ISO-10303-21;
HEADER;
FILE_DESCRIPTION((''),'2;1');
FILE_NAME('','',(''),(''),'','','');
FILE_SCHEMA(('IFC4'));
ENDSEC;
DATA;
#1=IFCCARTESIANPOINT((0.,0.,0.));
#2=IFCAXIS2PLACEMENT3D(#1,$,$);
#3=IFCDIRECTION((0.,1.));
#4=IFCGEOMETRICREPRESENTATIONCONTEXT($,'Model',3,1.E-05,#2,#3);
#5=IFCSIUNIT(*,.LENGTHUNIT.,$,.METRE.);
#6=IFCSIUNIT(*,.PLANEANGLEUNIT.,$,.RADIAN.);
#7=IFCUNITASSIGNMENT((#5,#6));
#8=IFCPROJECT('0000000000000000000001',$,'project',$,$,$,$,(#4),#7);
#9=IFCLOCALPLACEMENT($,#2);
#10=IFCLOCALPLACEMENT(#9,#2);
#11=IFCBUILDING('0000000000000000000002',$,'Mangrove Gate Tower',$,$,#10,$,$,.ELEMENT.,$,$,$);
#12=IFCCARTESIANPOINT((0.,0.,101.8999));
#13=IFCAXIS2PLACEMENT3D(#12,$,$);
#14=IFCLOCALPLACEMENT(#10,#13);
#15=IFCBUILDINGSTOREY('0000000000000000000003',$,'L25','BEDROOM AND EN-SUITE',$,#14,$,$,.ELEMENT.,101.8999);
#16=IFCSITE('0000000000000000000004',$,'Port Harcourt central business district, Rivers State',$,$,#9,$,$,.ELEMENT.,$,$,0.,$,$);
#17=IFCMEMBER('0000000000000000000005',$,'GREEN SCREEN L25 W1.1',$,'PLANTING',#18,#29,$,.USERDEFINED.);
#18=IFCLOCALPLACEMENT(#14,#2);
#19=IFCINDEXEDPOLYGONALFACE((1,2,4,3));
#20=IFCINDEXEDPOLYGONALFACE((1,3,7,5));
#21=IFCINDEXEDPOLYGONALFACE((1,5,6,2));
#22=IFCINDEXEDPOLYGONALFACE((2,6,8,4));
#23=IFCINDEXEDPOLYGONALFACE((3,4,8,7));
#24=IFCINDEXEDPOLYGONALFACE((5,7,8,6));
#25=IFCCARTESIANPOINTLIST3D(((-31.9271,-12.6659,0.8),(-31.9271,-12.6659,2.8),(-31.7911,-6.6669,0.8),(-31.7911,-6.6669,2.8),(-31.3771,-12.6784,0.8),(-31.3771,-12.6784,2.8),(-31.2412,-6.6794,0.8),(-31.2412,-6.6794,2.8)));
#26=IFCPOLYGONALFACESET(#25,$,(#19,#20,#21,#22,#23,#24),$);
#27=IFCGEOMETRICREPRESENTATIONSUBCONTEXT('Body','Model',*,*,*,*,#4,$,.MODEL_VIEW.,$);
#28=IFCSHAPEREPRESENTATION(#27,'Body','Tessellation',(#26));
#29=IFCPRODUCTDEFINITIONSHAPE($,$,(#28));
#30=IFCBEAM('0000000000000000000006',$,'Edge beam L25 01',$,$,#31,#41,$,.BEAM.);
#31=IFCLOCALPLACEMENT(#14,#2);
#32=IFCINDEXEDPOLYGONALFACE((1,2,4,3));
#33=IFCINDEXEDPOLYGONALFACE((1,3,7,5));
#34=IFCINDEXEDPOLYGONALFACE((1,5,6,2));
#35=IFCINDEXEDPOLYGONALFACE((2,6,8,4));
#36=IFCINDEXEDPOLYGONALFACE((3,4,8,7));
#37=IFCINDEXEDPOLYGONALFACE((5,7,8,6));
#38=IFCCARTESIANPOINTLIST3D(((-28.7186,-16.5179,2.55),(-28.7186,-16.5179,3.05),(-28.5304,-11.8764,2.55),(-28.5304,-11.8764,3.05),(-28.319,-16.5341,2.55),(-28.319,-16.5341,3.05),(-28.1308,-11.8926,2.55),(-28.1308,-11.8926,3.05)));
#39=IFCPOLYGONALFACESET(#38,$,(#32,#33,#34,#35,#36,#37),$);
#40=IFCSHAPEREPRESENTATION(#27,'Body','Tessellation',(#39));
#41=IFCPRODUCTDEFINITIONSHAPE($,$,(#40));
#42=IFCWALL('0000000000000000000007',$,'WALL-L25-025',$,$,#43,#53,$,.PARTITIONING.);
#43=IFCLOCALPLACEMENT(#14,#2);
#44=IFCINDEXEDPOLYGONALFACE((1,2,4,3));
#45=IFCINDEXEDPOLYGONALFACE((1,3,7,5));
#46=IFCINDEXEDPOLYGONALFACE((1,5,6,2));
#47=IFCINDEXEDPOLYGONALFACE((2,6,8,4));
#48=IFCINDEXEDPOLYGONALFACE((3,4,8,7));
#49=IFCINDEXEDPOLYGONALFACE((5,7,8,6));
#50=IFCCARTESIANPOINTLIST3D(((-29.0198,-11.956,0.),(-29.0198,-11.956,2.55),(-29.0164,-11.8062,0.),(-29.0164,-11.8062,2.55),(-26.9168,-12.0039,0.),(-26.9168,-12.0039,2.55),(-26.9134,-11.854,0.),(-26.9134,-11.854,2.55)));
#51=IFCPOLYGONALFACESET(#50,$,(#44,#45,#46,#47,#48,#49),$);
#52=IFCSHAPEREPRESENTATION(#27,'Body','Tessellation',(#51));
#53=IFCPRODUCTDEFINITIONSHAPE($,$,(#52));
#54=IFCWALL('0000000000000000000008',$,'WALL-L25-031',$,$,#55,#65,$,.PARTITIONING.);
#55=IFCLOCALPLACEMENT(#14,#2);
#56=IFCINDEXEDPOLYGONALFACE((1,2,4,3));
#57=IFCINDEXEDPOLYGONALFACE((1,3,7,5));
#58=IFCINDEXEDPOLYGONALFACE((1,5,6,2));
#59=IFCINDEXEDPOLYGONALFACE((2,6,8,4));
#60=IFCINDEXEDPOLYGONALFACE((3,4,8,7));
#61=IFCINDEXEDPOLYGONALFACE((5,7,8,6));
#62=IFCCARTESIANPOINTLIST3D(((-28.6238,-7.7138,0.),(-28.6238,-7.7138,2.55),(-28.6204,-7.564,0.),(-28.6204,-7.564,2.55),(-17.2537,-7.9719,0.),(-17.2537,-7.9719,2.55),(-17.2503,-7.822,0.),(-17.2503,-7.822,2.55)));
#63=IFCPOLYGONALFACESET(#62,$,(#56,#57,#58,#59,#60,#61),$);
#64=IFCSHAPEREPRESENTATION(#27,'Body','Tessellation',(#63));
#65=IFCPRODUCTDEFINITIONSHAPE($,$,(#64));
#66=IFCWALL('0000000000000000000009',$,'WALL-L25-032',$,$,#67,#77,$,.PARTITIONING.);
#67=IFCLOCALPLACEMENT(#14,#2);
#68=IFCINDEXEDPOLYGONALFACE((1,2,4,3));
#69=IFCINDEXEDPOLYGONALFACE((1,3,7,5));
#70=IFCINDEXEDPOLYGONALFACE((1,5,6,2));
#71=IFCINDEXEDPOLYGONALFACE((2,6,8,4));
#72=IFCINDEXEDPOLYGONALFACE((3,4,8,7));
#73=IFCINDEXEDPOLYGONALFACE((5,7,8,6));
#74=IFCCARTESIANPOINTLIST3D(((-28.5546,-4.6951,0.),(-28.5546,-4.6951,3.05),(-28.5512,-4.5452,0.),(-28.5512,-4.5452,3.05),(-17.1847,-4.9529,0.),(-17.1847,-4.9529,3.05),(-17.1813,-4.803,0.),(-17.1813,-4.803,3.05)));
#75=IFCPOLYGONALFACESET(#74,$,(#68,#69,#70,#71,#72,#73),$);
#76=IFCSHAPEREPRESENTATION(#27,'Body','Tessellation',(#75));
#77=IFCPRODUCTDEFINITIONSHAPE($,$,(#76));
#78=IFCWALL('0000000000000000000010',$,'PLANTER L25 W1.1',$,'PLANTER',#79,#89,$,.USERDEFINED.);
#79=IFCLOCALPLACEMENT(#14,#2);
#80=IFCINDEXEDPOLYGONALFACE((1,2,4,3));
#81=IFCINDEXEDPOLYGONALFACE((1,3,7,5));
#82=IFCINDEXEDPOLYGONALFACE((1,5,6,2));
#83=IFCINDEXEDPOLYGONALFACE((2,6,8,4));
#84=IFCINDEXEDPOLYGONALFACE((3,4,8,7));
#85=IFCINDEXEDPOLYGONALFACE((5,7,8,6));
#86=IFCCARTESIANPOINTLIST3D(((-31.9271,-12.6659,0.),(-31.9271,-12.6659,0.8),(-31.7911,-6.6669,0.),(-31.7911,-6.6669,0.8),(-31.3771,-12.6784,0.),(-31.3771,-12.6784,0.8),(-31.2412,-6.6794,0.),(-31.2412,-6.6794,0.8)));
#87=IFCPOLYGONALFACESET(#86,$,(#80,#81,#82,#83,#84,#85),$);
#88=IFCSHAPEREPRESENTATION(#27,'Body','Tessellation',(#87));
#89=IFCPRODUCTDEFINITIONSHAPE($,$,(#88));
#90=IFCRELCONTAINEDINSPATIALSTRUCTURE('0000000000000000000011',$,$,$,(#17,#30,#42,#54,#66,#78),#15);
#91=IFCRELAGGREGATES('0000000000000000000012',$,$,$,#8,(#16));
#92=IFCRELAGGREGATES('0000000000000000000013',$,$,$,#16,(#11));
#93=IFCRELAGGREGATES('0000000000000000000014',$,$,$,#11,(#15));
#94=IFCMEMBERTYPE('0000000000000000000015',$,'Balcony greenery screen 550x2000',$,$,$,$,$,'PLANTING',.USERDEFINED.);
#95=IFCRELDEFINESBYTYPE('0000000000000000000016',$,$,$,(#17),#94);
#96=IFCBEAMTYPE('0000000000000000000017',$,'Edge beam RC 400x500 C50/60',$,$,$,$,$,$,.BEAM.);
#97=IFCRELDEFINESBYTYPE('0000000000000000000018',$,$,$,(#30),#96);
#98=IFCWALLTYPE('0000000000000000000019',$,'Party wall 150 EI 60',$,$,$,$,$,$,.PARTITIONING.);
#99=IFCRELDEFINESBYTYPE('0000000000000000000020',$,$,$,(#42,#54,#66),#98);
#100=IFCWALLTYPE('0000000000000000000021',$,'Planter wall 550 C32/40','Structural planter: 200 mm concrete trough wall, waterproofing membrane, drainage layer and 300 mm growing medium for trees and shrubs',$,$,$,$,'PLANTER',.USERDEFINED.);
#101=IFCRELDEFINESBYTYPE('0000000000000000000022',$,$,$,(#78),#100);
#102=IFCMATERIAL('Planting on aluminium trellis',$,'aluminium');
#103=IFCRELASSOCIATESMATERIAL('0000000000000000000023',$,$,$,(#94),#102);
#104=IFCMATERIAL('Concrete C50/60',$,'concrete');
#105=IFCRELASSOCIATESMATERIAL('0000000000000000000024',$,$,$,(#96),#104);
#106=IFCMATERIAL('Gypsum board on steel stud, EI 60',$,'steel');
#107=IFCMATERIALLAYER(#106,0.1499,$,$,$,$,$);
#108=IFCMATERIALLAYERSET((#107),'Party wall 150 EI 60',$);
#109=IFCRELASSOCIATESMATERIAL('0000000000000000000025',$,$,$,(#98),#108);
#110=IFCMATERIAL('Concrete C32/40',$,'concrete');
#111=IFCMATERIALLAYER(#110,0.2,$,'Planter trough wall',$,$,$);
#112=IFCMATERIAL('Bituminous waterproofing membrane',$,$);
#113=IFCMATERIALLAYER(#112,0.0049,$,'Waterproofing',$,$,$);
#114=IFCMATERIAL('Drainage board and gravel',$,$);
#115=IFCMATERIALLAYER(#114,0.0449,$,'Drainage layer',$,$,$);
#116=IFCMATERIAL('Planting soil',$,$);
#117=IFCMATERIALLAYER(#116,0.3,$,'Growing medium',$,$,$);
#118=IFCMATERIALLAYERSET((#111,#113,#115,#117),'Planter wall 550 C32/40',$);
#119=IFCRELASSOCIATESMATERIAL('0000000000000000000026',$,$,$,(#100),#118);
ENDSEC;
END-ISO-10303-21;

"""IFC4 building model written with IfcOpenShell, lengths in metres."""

from ifc_helpers import new_model, si_unit, direction, frame, frame_2d, origin, origin_2d, place, context, subcontext, project, spatial, rectangle, extrude, material, layer, layer_set, material_profile, profile_set, type_object, element, save


model = new_model("IFC4")

# Units and contexts
model_context = context("Model", 3, precision=1e-05, world=origin(), true_north=direction((0.0, 1.0)))
body_context = subcontext(model_context, "Body", "Model", "MODEL_VIEW")
ifc_project = project(units=[si_unit("LENGTHUNIT", "METRE"), si_unit("PLANEANGLEUNIT", "RADIAN")], contexts=[model_context])

# Site, building, storey
site_placement = place(None, origin())
site = spatial("IfcSite", under=ifc_project, at=site_placement, Name="Port Harcourt central business district, Rivers State", CompositionType="ELEMENT", RefElevation=0.0)
building_placement = place(site_placement, origin())
building = spatial("IfcBuilding", under=site, at=building_placement, Name="Mangrove Gate Tower", CompositionType="ELEMENT")
storey_placement = place(building_placement, frame((0.0, 0.0, 101.8999)))
storey = spatial("IfcBuildingStorey", under=building, at=storey_placement, Name="L25", Description="BEDROOM AND EN-SUITE", CompositionType="ELEMENT", Elevation=101.8999)

# Member
ifc_material_1 = material(Name="Planting on aluminium trellis", Category="aluminium")
ifc_material_profile_1 = material_profile(ifc_material_1, rectangle(XDim=0.55, YDim=2.0, at=origin_2d()))
ifc_profile_set_1 = profile_set([ifc_material_profile_1], Name="Planting on aluminium trellis")
member_type = type_object("IfcMemberType", Name="Balcony greenery screen 550x2000", ElementType="PLANTING", PredefinedType="USERDEFINED", material=ifc_profile_set_1)
member_placement = place(storey_placement, frame((-31.6521, -12.6721, 1.8), z_axis=(0.022662, 0.999743, 0.0), x_axis=(-0.999743, 0.022662, 0.0)))
element("IfcMember", 1, at=member_placement, inside=storey, type_object=member_type, Name="GREEN SCREEN L25 W1.1", ObjectType="PLANTING", PredefinedType="USERDEFINED", context=body_context, shape_type="SweptSolid", body=[
    extrude(rectangle(XDim=0.55, YDim=2.0, at=origin_2d()), origin(), (0.0, 0.0, 1.0), 6.0005),
])

# Beam
ifc_material_2 = material(Name="Concrete C50/60", Category="concrete")
ifc_material_profile_2 = material_profile(ifc_material_2, rectangle(XDim=0.3999, YDim=0.5, at=origin_2d()))
ifc_profile_set_2 = profile_set([ifc_material_profile_2], Name="Concrete C50/60")
beam_type = type_object("IfcBeamType", Name="Edge beam RC 400x500 C50/60", PredefinedType="BEAM", material=ifc_profile_set_2)
beam_placement = place(storey_placement, frame((-28.3306, -11.8845, 2.8), z_axis=(-0.040522, -0.999179, 0.0), x_axis=(0.999179, -0.040522, 0.0)))
element("IfcBeam", 2, at=beam_placement, inside=storey, type_object=beam_type, Name="Edge beam L25 01", PredefinedType="BEAM", context=body_context, shape_type="SweptSolid", body=[
    extrude(rectangle(XDim=0.3999, YDim=0.5, at=origin_2d()), origin(), (0.0, 0.0, 1.0), 4.6453),
])

# Walls
ifc_material_3 = material(Name="Gypsum board on steel stud, EI 60", Category="steel")
ifc_layer_1 = layer(ifc_material_3, 0.1499)
ifc_layer_set_1 = layer_set([ifc_layer_1], Name="Party wall 150 EI 60")
wall_type_1 = type_object("IfcWallType", Name="Party wall 150 EI 60", PredefinedType="PARTITIONING", material=ifc_layer_set_1)
wall_1_placement = place(storey_placement, frame((-29.0181, -11.8811, 0.0), z_axis=(0.0, 0.0, 1.0), x_axis=(0.999741, -0.022748, 0.0)))
element("IfcWall", 3, at=wall_1_placement, inside=storey, type_object=wall_type_1, Name="WALL-L25-025", PredefinedType="PARTITIONING", context=body_context, shape_type="SweptSolid", body=[
    extrude(rectangle(XDim=2.1035, YDim=0.1499, at=frame_2d((1.0518, 0.0))), origin(), (0.0, 0.0, 1.0), 2.55),
])
wall_2_placement = place(storey_placement, frame((-28.6221, -7.6389, 0.0), z_axis=(0.0, 0.0, 1.0), x_axis=(0.999743, -0.02269, 0.0)))
element("IfcWall", 4, at=wall_2_placement, inside=storey, type_object=wall_type_1, Name="WALL-L25-031", PredefinedType="PARTITIONING", context=body_context, shape_type="SweptSolid", body=[
    extrude(rectangle(XDim=11.373, YDim=0.1499, at=frame_2d((5.6865, 0.0))), origin(), (0.0, 0.0, 1.0), 2.55),
])
wall_3_placement = place(storey_placement, frame((-28.553, -4.6201, 0.0), z_axis=(0.0, 0.0, 1.0), x_axis=(0.999743, -0.022669, 0.0)))
element("IfcWall", 5, at=wall_3_placement, inside=storey, type_object=wall_type_1, Name="WALL-L25-032", PredefinedType="PARTITIONING", context=body_context, shape_type="SweptSolid", body=[
    extrude(rectangle(XDim=11.3728, YDim=0.1499, at=frame_2d((5.6865, 0.0))), origin(), (0.0, 0.0, 1.0), 3.05),
])
ifc_material_4 = material(Name="Concrete C32/40", Category="concrete")
ifc_layer_2 = layer(ifc_material_4, 0.2, Name="Planter trough wall")
ifc_material_5 = material(Name="Bituminous waterproofing membrane")
ifc_layer_3 = layer(ifc_material_5, 0.0049, Name="Waterproofing")
ifc_material_6 = material(Name="Drainage board and gravel")
ifc_layer_4 = layer(ifc_material_6, 0.0449, Name="Drainage layer")
ifc_material_7 = material(Name="Planting soil")
ifc_layer_5 = layer(ifc_material_7, 0.3, Name="Growing medium")
ifc_layer_set_2 = layer_set([ifc_layer_2, ifc_layer_3, ifc_layer_4, ifc_layer_5], Name="Planter wall 550 C32/40")
wall_type_2 = type_object("IfcWallType", Name="Planter wall 550 C32/40", Description="Structural planter: 200 mm concrete trough wall, waterproofing membrane, drainage layer and 300 mm growing medium for trees and shrubs", ElementType="PLANTER", PredefinedType="USERDEFINED", material=ifc_layer_set_2)
wall_4_placement = place(storey_placement, frame((-31.6521, -12.6721, 0.0), z_axis=(0.0, 0.0, 1.0), x_axis=(0.022662, 0.999743, 0.0)))
element("IfcWall", 6, at=wall_4_placement, inside=storey, type_object=wall_type_2, Name="PLANTER L25 W1.1", ObjectType="PLANTER", PredefinedType="USERDEFINED", context=body_context, shape_type="SweptSolid", body=[
    extrude(rectangle(XDim=6.0005, YDim=0.55, at=frame_2d((3.0002, 0.0))), origin(), (0.0, 0.0, 1.0), 0.8),
])

save(model, "model.ifc")
